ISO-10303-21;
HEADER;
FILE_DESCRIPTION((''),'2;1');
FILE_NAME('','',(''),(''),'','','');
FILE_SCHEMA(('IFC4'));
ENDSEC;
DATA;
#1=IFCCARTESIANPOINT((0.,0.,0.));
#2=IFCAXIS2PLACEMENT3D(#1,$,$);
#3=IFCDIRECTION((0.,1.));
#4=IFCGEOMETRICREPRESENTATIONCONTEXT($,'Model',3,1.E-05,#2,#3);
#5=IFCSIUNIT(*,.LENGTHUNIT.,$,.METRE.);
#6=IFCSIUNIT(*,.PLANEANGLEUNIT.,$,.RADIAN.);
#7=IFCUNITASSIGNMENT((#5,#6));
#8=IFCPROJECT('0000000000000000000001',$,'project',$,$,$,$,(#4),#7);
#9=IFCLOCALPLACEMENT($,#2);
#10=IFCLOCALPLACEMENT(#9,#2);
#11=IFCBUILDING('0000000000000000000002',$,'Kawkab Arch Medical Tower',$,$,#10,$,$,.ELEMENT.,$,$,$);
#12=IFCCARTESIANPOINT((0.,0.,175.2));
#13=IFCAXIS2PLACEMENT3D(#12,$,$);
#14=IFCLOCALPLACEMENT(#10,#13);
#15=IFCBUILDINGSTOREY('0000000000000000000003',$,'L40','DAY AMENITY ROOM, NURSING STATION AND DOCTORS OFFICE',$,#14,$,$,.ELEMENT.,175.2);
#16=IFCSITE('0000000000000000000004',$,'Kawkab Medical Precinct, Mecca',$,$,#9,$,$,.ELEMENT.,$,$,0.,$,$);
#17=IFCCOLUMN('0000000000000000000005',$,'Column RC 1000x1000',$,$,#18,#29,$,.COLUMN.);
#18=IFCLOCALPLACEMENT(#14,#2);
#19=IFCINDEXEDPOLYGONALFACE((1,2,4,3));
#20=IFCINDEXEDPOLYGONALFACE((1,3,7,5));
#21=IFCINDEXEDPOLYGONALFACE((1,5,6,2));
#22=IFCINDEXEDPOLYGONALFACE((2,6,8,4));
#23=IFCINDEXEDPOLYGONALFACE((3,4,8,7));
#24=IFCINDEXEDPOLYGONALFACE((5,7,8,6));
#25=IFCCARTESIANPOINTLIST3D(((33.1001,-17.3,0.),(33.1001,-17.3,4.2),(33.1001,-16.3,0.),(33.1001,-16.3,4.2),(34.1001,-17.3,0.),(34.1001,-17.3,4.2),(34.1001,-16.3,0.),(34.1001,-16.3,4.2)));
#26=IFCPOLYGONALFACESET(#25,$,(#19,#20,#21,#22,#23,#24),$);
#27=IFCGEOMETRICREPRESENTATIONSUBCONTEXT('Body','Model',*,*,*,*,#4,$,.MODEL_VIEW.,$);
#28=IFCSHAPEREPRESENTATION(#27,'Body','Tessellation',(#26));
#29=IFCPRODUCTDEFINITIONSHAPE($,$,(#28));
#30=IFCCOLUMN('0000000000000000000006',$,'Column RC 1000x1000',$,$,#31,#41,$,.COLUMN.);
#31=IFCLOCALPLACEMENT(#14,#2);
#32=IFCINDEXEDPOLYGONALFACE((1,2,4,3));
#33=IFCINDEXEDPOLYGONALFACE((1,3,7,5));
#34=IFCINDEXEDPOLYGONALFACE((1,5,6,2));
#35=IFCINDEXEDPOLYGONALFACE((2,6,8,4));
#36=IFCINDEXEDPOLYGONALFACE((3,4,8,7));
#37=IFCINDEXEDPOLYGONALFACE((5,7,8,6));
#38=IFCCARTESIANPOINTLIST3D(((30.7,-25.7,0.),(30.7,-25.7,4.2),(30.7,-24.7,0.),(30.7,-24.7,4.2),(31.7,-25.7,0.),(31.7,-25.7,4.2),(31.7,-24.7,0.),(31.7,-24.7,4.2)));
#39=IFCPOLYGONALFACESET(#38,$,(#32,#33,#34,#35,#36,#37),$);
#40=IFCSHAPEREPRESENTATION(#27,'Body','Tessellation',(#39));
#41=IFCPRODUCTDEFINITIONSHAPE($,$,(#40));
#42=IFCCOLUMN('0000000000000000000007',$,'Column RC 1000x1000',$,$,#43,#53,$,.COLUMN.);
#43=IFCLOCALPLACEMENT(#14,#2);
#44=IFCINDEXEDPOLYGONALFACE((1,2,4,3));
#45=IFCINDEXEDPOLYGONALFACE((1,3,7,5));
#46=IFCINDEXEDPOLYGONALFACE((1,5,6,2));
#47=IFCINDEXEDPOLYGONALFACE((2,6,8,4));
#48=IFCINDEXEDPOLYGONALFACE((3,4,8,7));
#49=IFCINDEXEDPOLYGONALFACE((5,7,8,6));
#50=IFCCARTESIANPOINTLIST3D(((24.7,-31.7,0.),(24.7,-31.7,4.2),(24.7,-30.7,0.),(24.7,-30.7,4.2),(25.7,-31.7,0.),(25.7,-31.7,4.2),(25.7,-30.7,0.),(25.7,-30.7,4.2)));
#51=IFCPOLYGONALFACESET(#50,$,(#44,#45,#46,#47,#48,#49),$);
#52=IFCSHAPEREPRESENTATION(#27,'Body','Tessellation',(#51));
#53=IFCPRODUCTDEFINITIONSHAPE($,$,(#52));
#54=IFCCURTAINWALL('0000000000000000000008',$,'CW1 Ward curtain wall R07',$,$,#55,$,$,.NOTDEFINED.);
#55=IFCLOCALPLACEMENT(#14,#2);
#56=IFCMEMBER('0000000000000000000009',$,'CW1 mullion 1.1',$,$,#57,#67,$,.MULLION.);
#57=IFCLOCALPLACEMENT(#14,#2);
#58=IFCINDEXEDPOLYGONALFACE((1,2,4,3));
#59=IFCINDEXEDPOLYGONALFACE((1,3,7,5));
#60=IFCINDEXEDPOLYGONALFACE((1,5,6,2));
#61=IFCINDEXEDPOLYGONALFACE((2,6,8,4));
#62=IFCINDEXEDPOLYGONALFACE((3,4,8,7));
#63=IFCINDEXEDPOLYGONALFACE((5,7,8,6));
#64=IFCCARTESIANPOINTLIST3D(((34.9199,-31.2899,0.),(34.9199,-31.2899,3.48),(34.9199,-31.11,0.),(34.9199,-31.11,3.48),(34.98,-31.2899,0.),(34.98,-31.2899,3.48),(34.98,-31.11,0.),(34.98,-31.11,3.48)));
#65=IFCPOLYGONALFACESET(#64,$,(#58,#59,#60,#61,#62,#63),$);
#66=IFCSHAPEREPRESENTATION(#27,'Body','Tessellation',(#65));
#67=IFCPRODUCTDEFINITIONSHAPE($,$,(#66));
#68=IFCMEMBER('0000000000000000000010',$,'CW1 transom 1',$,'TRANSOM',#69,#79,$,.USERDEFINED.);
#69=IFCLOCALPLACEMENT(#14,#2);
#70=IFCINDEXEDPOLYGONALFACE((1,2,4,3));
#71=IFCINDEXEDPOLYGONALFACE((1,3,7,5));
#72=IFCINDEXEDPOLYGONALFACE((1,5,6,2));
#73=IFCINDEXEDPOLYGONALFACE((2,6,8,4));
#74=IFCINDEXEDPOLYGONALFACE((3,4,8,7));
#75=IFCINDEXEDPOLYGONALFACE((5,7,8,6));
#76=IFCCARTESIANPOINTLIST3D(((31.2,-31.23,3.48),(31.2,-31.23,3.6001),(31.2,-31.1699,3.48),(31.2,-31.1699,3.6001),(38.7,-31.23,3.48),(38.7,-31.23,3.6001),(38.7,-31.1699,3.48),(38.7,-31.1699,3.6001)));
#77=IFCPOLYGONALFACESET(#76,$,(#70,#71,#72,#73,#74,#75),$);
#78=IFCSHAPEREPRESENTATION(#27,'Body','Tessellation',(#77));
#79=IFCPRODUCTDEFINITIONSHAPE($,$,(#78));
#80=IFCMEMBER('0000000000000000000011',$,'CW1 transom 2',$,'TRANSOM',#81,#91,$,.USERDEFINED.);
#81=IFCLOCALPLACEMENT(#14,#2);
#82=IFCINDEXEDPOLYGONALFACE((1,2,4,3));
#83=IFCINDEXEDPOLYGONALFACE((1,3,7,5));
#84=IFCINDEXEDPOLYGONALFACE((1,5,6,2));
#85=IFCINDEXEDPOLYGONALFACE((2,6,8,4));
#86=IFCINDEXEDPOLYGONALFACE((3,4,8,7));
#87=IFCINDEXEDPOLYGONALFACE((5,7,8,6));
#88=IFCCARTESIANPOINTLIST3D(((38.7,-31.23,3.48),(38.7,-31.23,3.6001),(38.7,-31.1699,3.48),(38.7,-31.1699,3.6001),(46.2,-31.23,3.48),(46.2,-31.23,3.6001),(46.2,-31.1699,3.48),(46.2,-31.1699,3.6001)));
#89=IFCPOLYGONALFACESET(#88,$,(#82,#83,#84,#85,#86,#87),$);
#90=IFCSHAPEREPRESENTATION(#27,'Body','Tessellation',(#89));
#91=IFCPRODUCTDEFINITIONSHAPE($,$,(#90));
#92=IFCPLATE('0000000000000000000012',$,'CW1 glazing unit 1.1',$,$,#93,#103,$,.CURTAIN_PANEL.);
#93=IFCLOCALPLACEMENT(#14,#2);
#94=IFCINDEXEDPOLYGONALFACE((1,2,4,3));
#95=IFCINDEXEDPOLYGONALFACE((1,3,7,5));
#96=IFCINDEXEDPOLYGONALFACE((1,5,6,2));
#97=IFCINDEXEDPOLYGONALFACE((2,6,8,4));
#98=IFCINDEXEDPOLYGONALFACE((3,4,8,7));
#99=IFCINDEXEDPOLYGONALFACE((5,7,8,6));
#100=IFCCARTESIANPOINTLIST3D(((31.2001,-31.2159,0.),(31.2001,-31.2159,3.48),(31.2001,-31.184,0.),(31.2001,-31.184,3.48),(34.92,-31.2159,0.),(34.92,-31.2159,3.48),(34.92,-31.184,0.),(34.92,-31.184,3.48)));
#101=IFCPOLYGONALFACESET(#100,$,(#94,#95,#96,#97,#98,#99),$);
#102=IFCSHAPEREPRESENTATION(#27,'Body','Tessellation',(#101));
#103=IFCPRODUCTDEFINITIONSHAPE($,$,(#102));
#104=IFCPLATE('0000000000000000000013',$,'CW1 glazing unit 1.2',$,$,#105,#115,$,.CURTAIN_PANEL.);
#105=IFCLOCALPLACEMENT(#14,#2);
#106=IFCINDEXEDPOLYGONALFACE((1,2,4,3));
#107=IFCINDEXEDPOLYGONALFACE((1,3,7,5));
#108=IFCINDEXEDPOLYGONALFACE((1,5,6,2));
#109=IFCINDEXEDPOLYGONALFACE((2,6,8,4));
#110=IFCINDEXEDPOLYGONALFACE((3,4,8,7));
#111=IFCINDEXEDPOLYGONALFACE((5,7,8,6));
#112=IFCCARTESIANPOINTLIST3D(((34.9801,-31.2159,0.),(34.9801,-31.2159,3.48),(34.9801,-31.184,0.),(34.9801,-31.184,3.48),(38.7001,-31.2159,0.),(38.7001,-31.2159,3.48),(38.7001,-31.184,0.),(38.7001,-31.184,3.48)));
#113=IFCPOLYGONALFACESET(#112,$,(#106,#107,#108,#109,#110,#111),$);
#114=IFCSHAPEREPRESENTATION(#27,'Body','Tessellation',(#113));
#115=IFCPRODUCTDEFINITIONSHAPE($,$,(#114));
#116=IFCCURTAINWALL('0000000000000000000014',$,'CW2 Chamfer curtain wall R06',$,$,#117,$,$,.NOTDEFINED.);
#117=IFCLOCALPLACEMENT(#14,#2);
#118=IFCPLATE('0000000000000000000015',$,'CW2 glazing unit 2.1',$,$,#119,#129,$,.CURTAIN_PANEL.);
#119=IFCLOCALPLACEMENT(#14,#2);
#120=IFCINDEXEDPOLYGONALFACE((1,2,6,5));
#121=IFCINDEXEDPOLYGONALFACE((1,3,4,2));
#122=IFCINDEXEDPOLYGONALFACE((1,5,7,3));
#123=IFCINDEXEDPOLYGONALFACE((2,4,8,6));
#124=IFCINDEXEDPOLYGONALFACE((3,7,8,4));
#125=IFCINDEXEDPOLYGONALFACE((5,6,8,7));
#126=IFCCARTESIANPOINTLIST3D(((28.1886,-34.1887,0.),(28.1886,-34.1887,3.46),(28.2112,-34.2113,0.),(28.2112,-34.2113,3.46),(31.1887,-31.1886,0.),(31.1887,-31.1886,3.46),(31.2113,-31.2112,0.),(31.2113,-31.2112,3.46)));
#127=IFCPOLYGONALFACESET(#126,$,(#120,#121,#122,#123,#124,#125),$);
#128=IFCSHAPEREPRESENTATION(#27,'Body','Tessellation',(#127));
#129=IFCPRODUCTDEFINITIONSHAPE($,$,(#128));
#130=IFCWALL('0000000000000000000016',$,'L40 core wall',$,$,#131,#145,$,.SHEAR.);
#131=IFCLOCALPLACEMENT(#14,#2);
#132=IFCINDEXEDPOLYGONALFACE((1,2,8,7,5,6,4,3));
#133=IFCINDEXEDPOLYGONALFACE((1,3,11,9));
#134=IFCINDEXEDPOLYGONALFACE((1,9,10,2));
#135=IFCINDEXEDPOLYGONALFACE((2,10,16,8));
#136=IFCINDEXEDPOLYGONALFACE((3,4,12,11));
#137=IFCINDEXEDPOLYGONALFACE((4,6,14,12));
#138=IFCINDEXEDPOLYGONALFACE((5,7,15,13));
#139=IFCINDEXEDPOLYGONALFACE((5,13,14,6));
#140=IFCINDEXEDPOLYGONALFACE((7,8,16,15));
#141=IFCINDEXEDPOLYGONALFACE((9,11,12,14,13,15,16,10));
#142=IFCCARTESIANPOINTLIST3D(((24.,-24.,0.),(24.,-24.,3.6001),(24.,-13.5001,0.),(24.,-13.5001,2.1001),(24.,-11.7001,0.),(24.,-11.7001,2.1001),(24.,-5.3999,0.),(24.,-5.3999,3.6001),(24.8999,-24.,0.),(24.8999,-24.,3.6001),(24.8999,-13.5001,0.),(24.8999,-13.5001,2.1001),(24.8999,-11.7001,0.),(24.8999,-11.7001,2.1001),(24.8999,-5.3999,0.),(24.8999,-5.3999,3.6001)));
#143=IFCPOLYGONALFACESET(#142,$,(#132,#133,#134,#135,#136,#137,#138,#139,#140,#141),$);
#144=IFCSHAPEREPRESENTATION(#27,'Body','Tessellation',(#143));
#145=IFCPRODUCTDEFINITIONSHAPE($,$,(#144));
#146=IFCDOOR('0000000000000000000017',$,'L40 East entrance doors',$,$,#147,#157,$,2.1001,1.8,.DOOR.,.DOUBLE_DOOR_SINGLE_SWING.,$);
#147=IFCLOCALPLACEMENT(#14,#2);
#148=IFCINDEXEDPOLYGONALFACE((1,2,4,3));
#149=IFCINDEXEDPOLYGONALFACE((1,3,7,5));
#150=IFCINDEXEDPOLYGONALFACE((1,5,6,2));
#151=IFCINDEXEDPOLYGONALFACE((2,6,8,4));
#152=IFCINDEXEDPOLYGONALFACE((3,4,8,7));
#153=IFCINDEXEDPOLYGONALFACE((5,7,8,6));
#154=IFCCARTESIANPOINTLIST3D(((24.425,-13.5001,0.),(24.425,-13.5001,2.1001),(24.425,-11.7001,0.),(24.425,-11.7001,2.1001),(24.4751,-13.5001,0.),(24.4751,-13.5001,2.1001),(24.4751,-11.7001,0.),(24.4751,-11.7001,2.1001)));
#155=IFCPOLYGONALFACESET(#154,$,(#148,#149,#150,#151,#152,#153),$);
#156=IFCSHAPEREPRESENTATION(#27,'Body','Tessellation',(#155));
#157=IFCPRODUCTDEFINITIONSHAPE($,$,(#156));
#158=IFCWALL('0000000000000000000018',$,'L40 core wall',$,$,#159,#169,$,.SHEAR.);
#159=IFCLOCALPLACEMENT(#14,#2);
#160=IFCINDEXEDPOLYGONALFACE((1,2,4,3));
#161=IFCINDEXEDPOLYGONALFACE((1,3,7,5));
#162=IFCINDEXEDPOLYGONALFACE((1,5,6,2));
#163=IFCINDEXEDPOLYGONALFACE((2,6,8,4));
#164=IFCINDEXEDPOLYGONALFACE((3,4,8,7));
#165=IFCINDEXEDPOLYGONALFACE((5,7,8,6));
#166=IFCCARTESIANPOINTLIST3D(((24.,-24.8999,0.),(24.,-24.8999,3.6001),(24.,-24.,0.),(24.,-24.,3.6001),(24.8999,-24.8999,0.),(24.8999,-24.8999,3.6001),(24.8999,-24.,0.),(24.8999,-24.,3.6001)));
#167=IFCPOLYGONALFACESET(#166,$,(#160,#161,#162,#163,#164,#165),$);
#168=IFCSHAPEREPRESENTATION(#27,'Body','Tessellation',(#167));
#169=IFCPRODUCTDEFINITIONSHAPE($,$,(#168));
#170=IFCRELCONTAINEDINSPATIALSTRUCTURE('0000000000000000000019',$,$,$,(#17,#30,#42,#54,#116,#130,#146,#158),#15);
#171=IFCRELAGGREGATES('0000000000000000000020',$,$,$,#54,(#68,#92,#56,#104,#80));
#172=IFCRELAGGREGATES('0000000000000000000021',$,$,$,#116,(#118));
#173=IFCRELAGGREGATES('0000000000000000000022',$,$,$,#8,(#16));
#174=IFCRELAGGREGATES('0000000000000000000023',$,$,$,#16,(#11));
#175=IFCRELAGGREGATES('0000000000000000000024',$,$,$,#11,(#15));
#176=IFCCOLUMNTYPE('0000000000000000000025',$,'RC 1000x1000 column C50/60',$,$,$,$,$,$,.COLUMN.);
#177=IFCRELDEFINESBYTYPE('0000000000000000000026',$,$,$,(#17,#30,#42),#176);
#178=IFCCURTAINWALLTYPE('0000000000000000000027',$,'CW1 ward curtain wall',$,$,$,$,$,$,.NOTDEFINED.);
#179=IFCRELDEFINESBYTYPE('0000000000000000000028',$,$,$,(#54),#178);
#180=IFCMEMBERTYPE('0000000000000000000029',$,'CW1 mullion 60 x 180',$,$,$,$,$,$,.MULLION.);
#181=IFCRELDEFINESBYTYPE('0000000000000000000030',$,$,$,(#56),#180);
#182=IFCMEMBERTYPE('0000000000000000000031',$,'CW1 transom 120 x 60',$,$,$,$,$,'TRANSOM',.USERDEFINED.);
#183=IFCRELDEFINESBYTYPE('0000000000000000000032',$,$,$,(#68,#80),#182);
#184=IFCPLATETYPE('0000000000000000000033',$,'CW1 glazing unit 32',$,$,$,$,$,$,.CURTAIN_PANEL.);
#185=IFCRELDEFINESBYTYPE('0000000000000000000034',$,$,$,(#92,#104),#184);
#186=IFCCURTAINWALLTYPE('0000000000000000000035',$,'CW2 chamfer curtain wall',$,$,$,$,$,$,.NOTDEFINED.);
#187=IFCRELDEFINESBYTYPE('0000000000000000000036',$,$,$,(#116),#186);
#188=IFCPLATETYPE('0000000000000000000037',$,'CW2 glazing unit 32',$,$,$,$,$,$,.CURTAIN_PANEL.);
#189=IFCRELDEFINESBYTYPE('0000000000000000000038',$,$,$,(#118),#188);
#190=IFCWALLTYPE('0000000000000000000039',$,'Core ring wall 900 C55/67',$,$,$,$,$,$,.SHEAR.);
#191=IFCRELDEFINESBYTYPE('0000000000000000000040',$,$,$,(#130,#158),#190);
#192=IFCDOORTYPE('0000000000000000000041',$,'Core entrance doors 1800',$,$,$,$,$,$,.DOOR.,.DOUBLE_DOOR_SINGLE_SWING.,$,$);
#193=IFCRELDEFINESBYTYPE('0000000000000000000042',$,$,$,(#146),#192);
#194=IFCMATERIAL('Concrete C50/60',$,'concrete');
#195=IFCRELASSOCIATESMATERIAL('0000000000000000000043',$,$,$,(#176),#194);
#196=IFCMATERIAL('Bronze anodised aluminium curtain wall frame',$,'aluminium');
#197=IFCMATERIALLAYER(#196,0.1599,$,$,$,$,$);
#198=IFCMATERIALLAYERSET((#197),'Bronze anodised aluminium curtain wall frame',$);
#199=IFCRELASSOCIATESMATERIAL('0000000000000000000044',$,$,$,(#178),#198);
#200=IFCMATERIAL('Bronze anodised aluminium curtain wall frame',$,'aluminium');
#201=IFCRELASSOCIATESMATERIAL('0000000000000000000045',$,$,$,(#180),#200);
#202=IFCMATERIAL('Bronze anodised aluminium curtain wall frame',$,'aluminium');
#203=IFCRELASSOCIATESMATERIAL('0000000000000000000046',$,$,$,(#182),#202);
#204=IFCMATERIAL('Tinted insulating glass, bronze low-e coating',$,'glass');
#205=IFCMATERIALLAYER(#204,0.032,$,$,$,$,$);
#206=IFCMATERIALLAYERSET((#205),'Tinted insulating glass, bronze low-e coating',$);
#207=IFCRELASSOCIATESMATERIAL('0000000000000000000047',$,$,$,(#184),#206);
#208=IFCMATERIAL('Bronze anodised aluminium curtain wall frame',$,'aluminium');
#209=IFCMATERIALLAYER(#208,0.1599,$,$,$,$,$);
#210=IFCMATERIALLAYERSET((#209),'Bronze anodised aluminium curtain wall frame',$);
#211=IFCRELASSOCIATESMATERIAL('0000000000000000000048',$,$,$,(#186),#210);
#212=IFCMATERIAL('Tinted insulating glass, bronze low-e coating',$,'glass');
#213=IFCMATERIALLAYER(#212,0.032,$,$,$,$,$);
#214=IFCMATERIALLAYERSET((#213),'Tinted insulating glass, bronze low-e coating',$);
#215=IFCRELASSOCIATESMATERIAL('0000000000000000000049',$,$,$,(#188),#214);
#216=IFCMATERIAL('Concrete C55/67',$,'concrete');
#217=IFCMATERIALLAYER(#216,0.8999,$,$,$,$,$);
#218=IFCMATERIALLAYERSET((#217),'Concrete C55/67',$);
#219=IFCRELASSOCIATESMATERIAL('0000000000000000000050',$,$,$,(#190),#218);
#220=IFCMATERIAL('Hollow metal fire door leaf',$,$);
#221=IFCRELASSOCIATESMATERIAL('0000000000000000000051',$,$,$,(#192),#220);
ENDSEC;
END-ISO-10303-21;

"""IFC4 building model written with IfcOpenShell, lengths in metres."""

from ifc_helpers import new_model, si_unit, direction, frame, frame_2d, origin, origin_2d, place, context, subcontext, project, spatial, rectangle, extrude, material, layer, layer_set, material_profile, profile_set, type_object, element, fill, aggregate, save


model = new_model("IFC4")

# Units and contexts
model_context = context("Model", 3, precision=1e-05, world=origin(), true_north=direction((0.0, 1.0)))
body_context = subcontext(model_context, "Body", "Model", "MODEL_VIEW")
ifc_project = project(units=[si_unit("LENGTHUNIT", "METRE"), si_unit("PLANEANGLEUNIT", "RADIAN")], contexts=[model_context])

# Site, building, storey
site_placement = place(None, origin())
site = spatial("IfcSite", under=ifc_project, at=site_placement, Name="Kawkab Medical Precinct, Mecca", CompositionType="ELEMENT", RefElevation=0.0)
building_placement = place(site_placement, origin())
building = spatial("IfcBuilding", under=site, at=building_placement, Name="Kawkab Arch Medical Tower", CompositionType="ELEMENT")
storey_placement = place(building_placement, frame((0.0, 0.0, 175.2)))
storey = spatial("IfcBuildingStorey", under=building, at=storey_placement, Name="L40", Description="DAY AMENITY ROOM, NURSING STATION AND DOCTORS OFFICE", CompositionType="ELEMENT", Elevation=175.2)

# Columns
ifc_material_1 = material(Name="Concrete C50/60", Category="concrete")
ifc_material_profile_1 = material_profile(ifc_material_1, rectangle(XDim=1.0, YDim=1.0, at=origin_2d()), Name="RC 1000x1000")
ifc_profile_set_1 = profile_set([ifc_material_profile_1], Name="Concrete C50/60")
column_type = type_object("IfcColumnType", Name="RC 1000x1000 column C50/60", PredefinedType="COLUMN", material=ifc_profile_set_1)
for number, where, z_axis, x_axis, name in (
    (1, (33.6001, -16.8, 0.0), (0.0, 0.0, 1.0), (1.0, 0.0, 0.0), "Column RC 1000x1000"),
    (2, (31.2, -25.2, 0.0), (0.0, 0.0, 1.0), (1.0, 0.0, 0.0), "Column RC 1000x1000"),
    (3, (25.2, -31.2, 0.0), (0.0, 0.0, 1.0), (1.0, 0.0, 0.0), "Column RC 1000x1000"),
):
    element("IfcColumn", number, at=place(storey_placement, frame(where, z_axis=z_axis, x_axis=x_axis)), inside=storey, type_object=column_type, Name=name, PredefinedType="COLUMN", context=body_context, shape_type="SweptSolid", body=[
        extrude(rectangle(XDim=1.0, YDim=1.0, at=origin_2d()), origin(), (0.0, 0.0, 1.0), 4.2),
    ])

# Curtain wall, members, plates
ifc_material_2 = material(Name="Bronze anodised aluminium curtain wall frame", Category="aluminium")
ifc_layer_1 = layer(ifc_material_2, 0.1599)
ifc_layer_set_1 = layer_set([ifc_layer_1], Name="Bronze anodised aluminium curtain wall frame")
curtain_wall_type_1 = type_object("IfcCurtainWallType", Name="CW1 ward curtain wall", PredefinedType="NOTDEFINED", material=ifc_layer_set_1)
placement = place(storey_placement, origin())
curtain_wall_1 = element("IfcCurtainWall", 4, at=placement, inside=storey, type_object=curtain_wall_type_1, Name="CW1 Ward curtain wall R07", PredefinedType="NOTDEFINED")
ifc_material_3 = material(Name="Bronze anodised aluminium curtain wall frame", Category="aluminium")
ifc_material_profile_2 = material_profile(ifc_material_3, rectangle(XDim=0.1799, YDim=0.0601, at=origin_2d()), Name="AL 60x180")
ifc_profile_set_2 = profile_set([ifc_material_profile_2], Name="Bronze anodised aluminium curtain wall frame")
member_type_1 = type_object("IfcMemberType", Name="CW1 mullion 60 x 180", PredefinedType="MULLION", material=ifc_profile_set_2)
member_1_placement = place(storey_placement, frame((34.95, -31.2, 0.0), z_axis=(0.0, 0.0, 1.0), x_axis=(0.0, 1.0, 0.0)))
member_1 = element("IfcMember", 5, at=member_1_placement, type_object=member_type_1, Name="CW1 mullion 1.1", PredefinedType="MULLION", context=body_context, shape_type="SweptSolid", body=[
    extrude(rectangle(XDim=0.1799, YDim=0.0601, at=origin_2d()), origin(), (0.0, 0.0, 1.0), 3.48),
])
ifc_material_4 = material(Name="Bronze anodised aluminium curtain wall frame", Category="aluminium")
ifc_material_profile_3 = material_profile(ifc_material_4, rectangle(XDim=0.0601, YDim=0.1201, at=origin_2d()), Name="AL 60x120")
ifc_profile_set_3 = profile_set([ifc_material_profile_3], Name="Bronze anodised aluminium curtain wall frame")
member_type_2 = type_object("IfcMemberType", Name="CW1 transom 120 x 60", ElementType="TRANSOM", PredefinedType="USERDEFINED", material=ifc_profile_set_3)
member_2_placement = place(storey_placement, frame((31.2, -31.2, 3.54), z_axis=(1.0, 0.0, 0.0), x_axis=(0.0, 1.0, 0.0)))
member_2 = element("IfcMember", 6, at=member_2_placement, type_object=member_type_2, Name="CW1 transom 1", ObjectType="TRANSOM", PredefinedType="USERDEFINED", context=body_context, shape_type="SweptSolid", body=[
    extrude(rectangle(XDim=0.0601, YDim=0.1201, at=origin_2d()), origin(), (0.0, 0.0, 1.0), 7.5),
])
member_3_placement = place(storey_placement, frame((38.7, -31.2, 3.54), z_axis=(1.0, 0.0, 0.0), x_axis=(0.0, 1.0, 0.0)))
member_3 = element("IfcMember", 7, at=member_3_placement, type_object=member_type_2, Name="CW1 transom 2", ObjectType="TRANSOM", PredefinedType="USERDEFINED", context=body_context, shape_type="SweptSolid", body=[
    extrude(rectangle(XDim=0.0601, YDim=0.1201, at=origin_2d()), origin(), (0.0, 0.0, 1.0), 7.5),
])
ifc_material_5 = material(Name="Tinted insulating glass, bronze low-e coating", Category="glass")
ifc_layer_2 = layer(ifc_material_5, 0.032)
ifc_layer_set_2 = layer_set([ifc_layer_2], Name="Tinted insulating glass, bronze low-e coating")
plate_type_1 = type_object("IfcPlateType", Name="CW1 glazing unit 32", PredefinedType="CURTAIN_PANEL", material=ifc_layer_set_2)
plate_1_placement = place(storey_placement, frame((33.0601, -31.2, 0.0), z_axis=(0.0, 0.0, 1.0), x_axis=(1.0, 0.0, 0.0)))
plate_1 = element("IfcPlate", 8, at=plate_1_placement, type_object=plate_type_1, Name="CW1 glazing unit 1.1", PredefinedType="CURTAIN_PANEL", context=body_context, shape_type="SweptSolid", body=[
    extrude(rectangle(XDim=3.72, YDim=0.032, at=origin_2d()), origin(), (0.0, 0.0, 1.0), 3.48),
])
plate_2_placement = place(storey_placement, frame((36.8401, -31.2, 0.0), z_axis=(0.0, 0.0, 1.0), x_axis=(1.0, 0.0, 0.0)))
plate_2 = element("IfcPlate", 9, at=plate_2_placement, type_object=plate_type_1, Name="CW1 glazing unit 1.2", PredefinedType="CURTAIN_PANEL", context=body_context, shape_type="SweptSolid", body=[
    extrude(rectangle(XDim=3.72, YDim=0.032, at=origin_2d()), origin(), (0.0, 0.0, 1.0), 3.48),
])
aggregate(curtain_wall_1, [member_2, plate_1, member_1, plate_2, member_3])

# Curtain wall, plate
ifc_material_6 = material(Name="Bronze anodised aluminium curtain wall frame", Category="aluminium")
ifc_layer_3 = layer(ifc_material_6, 0.1599)
ifc_layer_set_3 = layer_set([ifc_layer_3], Name="Bronze anodised aluminium curtain wall frame")
curtain_wall_type_2 = type_object("IfcCurtainWallType", Name="CW2 chamfer curtain wall", PredefinedType="NOTDEFINED", material=ifc_layer_set_3)
curtain_wall_2 = element("IfcCurtainWall", 10, at=placement, inside=storey, type_object=curtain_wall_type_2, Name="CW2 Chamfer curtain wall R06", PredefinedType="NOTDEFINED")
ifc_material_7 = material(Name="Tinted insulating glass, bronze low-e coating", Category="glass")
ifc_layer_4 = layer(ifc_material_7, 0.032)
ifc_layer_set_4 = layer_set([ifc_layer_4], Name="Tinted insulating glass, bronze low-e coating")
plate_type_2 = type_object("IfcPlateType", Name="CW2 glazing unit 32", PredefinedType="CURTAIN_PANEL", material=ifc_layer_set_4)
plate_3_placement = place(storey_placement, frame((29.7, -32.7, 0.0), z_axis=(0.0, 0.0, 1.0), x_axis=(0.707107, 0.707107, 0.0)))
plate_3 = element("IfcPlate", 11, at=plate_3_placement, type_object=plate_type_2, Name="CW2 glazing unit 2.1", PredefinedType="CURTAIN_PANEL", context=body_context, shape_type="SweptSolid", body=[
    extrude(rectangle(XDim=4.2427, YDim=0.032, at=origin_2d()), origin(), (0.0, 0.0, 1.0), 3.46),
])
aggregate(curtain_wall_2, [plate_3])

# Wall, opening, door
ifc_material_8 = material(Name="Concrete C55/67", Category="concrete")
ifc_layer_5 = layer(ifc_material_8, 0.8999)
ifc_layer_set_5 = layer_set([ifc_layer_5], Name="Concrete C55/67")
wall_type_1 = type_object("IfcWallType", Name="Core ring wall 900 C55/67", PredefinedType="SHEAR", material=ifc_layer_set_5)
wall_1_placement = place(storey_placement, frame((24.45, -24.0, 0.0), z_axis=(0.0, 0.0, 1.0), x_axis=(0.0, 1.0, 0.0)))
wall_1 = element("IfcWall", 12, at=wall_1_placement, inside=storey, type_object=wall_type_1, Name="L40 core wall", PredefinedType="SHEAR", context=body_context, shape_type="SweptSolid", body=[
    extrude(rectangle(XDim=18.6001, YDim=0.8999, at=frame_2d((9.3, 0.0))), origin(), (0.0, 0.0, 1.0), 3.6001),
])
opening_1_placement = place(wall_1_placement, frame((10.5, 0.0, 0.0)))
opening_1 = element("IfcOpeningElement", 13, at=opening_1_placement, cuts=wall_1, PredefinedType="OPENING", context=body_context, shape_type="SweptSolid", body=[
    extrude(rectangle(XDim=1.8, YDim=2.1001, at=frame_2d((0.8999, 1.05))), frame((0.0, 0.46, 0.0), z_axis=(0.0, -1.0, 0.0), x_axis=(1.0, 0.0, 0.0)), (0.0, 0.0, 1.0), 0.9199),
])
ifc_material_9 = material(Name="Hollow metal fire door leaf")
door_type_1 = type_object("IfcDoorType", Name="Core entrance doors 1800", OperationType="DOUBLE_DOOR_SINGLE_SWING", PredefinedType="DOOR", material=ifc_material_9)
door_1_placement = place(opening_1_placement, origin())
door_1 = element("IfcDoor", 14, at=door_1_placement, inside=storey, type_object=door_type_1, Name="L40 East entrance doors", OperationType="DOUBLE_DOOR_SINGLE_SWING", OverallHeight=2.1001, OverallWidth=1.8, PredefinedType="DOOR", context=body_context, shape_type="SweptSolid", body=[
    extrude(rectangle(XDim=1.8, YDim=2.1001, at=frame_2d((0.8999, 1.05))), frame((0.0, 0.0249, 0.0), z_axis=(0.0, -1.0, 0.0), x_axis=(1.0, 0.0, 0.0)), (0.0, 0.0, 1.0), 0.05),
])
fill(opening_1, door_1)

# Wall
wall_2_placement = place(storey_placement, frame((24.45, -24.8999, 0.0), z_axis=(0.0, 0.0, 1.0), x_axis=(0.0, 1.0, 0.0)))
element("IfcWall", 15, at=wall_2_placement, inside=storey, type_object=wall_type_1, Name="L40 core wall", PredefinedType="SHEAR", context=body_context, shape_type="SweptSolid", body=[
    extrude(rectangle(XDim=0.8999, YDim=0.8999, at=frame_2d((0.45, 0.0))), origin(), (0.0, 0.0, 1.0), 3.6001),
])

save(model, "model.ifc")
